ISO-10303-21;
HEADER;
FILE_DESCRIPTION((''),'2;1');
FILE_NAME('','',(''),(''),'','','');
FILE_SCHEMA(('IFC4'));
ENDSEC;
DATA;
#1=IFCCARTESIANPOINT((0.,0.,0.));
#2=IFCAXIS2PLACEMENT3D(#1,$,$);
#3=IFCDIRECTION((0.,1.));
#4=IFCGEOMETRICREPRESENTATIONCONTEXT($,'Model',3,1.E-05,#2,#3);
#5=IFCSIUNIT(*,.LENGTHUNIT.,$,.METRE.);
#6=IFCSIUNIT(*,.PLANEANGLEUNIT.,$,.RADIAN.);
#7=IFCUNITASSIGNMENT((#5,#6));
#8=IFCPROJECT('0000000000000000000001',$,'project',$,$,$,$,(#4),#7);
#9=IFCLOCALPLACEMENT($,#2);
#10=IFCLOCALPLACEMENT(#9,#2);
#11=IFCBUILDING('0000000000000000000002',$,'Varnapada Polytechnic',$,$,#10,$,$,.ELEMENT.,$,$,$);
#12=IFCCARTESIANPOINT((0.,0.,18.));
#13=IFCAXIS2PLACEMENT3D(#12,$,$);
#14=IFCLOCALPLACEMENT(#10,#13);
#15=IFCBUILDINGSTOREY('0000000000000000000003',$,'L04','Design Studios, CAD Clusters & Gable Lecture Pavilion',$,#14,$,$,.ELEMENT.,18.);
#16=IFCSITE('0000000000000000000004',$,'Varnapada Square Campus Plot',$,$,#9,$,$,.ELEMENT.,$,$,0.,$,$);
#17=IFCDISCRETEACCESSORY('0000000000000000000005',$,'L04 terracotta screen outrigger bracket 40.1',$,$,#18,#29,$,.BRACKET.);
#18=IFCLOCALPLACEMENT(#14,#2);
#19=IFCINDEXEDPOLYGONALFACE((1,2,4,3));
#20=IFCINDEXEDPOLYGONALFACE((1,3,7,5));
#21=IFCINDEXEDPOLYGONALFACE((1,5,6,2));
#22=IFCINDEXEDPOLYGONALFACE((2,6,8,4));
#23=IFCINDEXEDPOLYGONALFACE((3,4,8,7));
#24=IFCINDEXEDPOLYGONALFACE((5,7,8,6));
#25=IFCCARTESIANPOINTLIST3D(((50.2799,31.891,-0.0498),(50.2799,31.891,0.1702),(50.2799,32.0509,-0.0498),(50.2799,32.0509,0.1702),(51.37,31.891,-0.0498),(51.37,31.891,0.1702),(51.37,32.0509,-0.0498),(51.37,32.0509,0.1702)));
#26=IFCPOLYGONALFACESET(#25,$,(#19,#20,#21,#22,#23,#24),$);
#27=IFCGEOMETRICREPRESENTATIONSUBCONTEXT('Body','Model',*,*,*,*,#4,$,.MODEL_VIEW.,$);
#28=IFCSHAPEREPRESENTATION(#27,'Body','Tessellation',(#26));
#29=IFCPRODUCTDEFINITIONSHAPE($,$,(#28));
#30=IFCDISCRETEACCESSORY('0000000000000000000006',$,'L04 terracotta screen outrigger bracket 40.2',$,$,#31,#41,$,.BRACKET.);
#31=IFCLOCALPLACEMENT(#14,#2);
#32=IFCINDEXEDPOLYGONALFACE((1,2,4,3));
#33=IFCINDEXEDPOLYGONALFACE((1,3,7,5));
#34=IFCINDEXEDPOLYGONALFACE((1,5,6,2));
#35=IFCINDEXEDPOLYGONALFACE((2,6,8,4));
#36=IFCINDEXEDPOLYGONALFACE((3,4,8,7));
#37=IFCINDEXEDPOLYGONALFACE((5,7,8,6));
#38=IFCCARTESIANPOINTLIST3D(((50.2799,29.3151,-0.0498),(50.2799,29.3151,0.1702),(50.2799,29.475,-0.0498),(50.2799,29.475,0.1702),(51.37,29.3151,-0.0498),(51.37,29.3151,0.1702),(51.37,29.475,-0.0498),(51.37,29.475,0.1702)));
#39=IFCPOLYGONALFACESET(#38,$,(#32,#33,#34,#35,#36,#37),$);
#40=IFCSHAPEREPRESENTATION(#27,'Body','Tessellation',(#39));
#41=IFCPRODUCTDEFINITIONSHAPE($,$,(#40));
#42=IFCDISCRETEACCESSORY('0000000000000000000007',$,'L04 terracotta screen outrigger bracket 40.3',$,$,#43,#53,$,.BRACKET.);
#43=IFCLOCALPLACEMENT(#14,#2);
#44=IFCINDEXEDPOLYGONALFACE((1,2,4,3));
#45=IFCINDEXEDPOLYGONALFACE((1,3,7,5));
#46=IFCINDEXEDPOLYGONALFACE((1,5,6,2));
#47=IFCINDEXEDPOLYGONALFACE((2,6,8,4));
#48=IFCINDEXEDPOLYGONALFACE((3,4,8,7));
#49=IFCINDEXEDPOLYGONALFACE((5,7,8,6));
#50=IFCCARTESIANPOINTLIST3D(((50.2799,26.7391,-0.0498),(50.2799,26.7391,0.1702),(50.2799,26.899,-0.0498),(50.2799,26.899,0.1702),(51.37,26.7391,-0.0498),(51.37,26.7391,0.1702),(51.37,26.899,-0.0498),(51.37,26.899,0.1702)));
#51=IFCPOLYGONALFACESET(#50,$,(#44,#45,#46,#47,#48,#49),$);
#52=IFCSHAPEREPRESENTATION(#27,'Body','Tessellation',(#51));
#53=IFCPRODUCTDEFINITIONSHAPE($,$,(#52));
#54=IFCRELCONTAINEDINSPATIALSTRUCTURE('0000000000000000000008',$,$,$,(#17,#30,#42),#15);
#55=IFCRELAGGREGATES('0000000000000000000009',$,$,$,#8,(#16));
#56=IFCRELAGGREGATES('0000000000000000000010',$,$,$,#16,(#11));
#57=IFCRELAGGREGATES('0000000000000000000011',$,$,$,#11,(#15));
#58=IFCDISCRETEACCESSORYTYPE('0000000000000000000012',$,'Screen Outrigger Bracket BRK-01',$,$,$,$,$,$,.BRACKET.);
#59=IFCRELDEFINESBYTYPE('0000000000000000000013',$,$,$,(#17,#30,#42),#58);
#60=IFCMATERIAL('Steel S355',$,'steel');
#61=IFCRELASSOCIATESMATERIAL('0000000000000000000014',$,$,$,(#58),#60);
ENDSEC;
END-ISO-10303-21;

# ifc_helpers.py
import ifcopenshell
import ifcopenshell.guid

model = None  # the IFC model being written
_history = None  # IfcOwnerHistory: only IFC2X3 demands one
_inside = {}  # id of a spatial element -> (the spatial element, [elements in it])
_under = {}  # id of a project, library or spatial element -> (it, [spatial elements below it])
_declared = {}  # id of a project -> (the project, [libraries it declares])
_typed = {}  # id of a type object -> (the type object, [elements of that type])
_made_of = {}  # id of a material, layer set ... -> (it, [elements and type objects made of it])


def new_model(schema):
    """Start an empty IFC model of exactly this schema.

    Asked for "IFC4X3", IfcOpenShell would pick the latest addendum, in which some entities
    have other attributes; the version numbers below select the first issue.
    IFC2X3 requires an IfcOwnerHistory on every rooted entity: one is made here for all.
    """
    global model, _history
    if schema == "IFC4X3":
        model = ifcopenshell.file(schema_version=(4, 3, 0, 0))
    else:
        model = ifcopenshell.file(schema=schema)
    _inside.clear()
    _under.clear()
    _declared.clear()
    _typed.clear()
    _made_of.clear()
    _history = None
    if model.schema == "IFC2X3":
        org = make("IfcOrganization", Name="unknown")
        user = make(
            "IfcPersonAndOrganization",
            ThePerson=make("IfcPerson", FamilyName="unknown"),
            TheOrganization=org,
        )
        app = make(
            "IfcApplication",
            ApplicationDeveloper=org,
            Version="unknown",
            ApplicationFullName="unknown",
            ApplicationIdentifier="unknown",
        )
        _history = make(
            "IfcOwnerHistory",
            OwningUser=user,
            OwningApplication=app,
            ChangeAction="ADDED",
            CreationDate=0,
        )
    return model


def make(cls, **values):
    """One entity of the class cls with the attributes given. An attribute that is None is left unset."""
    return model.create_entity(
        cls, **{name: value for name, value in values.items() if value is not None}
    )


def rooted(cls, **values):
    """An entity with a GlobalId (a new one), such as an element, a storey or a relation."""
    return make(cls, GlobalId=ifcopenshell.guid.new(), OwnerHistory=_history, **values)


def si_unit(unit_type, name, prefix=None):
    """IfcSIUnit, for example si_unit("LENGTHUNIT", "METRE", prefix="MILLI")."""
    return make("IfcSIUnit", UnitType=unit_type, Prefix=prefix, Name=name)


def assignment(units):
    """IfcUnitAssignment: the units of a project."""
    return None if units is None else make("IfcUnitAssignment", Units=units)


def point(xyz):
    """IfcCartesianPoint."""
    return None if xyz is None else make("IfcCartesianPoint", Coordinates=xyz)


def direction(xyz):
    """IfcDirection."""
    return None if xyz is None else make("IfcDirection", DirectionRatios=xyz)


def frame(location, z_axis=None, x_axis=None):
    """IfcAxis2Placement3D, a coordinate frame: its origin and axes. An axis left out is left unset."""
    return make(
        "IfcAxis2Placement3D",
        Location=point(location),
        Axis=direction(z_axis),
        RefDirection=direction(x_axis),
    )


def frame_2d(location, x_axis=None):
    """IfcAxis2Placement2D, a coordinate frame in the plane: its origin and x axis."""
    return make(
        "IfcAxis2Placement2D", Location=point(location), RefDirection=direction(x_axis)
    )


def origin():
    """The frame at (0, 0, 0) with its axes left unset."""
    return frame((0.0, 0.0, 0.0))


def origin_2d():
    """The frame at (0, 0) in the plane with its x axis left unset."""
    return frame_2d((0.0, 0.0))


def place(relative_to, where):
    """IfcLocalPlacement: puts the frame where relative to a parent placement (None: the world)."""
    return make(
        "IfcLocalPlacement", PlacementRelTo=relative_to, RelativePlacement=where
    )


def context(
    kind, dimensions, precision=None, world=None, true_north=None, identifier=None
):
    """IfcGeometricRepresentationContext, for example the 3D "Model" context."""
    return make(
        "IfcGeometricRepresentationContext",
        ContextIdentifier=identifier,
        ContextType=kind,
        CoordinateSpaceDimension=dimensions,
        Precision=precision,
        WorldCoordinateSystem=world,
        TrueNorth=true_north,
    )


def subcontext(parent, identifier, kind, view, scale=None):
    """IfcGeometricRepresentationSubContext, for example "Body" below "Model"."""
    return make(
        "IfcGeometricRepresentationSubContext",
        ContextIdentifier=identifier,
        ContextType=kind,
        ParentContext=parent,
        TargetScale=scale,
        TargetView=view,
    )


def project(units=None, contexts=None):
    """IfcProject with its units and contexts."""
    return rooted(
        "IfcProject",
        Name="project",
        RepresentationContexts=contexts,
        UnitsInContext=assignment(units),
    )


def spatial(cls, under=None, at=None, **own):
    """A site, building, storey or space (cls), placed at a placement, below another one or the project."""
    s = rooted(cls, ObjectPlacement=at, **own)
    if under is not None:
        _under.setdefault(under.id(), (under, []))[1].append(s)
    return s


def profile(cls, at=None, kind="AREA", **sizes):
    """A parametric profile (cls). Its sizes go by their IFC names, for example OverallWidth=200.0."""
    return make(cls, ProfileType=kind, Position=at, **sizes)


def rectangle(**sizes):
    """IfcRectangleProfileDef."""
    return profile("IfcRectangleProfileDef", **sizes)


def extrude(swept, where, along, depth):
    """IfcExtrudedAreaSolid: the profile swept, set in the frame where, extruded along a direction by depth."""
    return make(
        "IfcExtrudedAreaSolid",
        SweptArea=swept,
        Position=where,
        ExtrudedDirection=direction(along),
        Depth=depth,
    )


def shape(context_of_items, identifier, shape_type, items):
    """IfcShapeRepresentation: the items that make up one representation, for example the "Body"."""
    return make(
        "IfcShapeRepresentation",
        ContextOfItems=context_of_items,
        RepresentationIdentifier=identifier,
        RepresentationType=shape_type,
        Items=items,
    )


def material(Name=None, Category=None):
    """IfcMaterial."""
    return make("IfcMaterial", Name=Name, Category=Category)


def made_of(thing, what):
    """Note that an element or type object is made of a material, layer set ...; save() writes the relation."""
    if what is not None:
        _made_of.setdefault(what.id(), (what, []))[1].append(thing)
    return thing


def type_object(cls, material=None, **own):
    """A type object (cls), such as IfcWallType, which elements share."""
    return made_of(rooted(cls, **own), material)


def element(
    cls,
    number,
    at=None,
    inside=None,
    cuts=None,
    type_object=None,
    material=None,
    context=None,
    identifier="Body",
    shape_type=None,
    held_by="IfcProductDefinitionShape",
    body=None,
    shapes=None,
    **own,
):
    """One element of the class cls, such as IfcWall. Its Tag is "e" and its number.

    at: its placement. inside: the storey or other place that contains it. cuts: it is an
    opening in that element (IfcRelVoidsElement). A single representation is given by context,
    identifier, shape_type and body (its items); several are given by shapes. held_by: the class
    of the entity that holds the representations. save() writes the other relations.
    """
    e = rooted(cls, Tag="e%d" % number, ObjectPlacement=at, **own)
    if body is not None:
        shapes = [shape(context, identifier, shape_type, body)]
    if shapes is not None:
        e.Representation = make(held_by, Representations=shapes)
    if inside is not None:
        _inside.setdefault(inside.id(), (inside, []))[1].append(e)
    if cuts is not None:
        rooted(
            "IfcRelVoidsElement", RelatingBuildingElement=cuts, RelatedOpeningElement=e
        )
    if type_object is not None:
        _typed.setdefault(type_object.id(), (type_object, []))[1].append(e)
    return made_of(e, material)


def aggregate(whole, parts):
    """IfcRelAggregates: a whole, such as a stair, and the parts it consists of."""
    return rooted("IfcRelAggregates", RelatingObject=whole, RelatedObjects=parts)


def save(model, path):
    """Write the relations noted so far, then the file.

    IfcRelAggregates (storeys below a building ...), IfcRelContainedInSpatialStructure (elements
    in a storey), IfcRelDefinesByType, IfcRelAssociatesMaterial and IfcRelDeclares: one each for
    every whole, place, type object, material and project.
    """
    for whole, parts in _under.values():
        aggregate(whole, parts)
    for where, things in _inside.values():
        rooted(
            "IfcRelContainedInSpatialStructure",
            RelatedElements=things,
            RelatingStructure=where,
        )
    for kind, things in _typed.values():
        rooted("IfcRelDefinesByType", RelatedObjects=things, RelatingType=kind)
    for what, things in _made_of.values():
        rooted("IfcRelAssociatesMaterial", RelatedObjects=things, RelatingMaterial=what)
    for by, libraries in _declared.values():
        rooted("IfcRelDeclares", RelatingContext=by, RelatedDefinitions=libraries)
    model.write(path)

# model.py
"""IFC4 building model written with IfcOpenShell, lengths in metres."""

from ifc_helpers import new_model, si_unit, direction, frame, origin, origin_2d, place, context, subcontext, project, spatial, rectangle, extrude, material, type_object, element, save


model = new_model("IFC4")

# Units and contexts
model_context = context("Model", 3, precision=1e-05, world=origin(), true_north=direction((0.0, 1.0)))
body_context = subcontext(model_context, "Body", "Model", "MODEL_VIEW")
ifc_project = project(units=[si_unit("LENGTHUNIT", "METRE"), si_unit("PLANEANGLEUNIT", "RADIAN")], contexts=[model_context])

# Site, building, storey
site_placement = place(None, origin())
site = spatial("IfcSite", under=ifc_project, at=site_placement, Name="Varnapada Square Campus Plot", CompositionType="ELEMENT", RefElevation=0.0)
building_placement = place(site_placement, origin())
building = spatial("IfcBuilding", under=site, at=building_placement, Name="Varnapada Polytechnic", CompositionType="ELEMENT")
storey_placement = place(building_placement, frame((0.0, 0.0, 18.0)))
storey = spatial("IfcBuildingStorey", under=building, at=storey_placement, Name="L04", Description="Design Studios, CAD Clusters & Gable Lecture Pavilion", CompositionType="ELEMENT", Elevation=18.0)

# Discrete accessories
ifc_material_1 = material(Name="Steel S355", Category="steel")
discrete_accessory_type = type_object("IfcDiscreteAccessoryType", Name="Screen Outrigger Bracket BRK-01", PredefinedType="BRACKET", material=ifc_material_1)
for number, where, z_axis, x_axis, name in (
    (1, (50.825, 31.9709, -0.0498), (0.0, 0.0, 1.0), (0.0, -1.0, 0.0), "L04 terracotta screen outrigger bracket 40.1"),
    (2, (50.825, 29.395, -0.0498), (0.0, 0.0, 1.0), (0.0, -1.0, 0.0), "L04 terracotta screen outrigger bracket 40.2"),
    (3, (50.825, 26.8191, -0.0498), (0.0, 0.0, 1.0), (0.0, -1.0, 0.0), "L04 terracotta screen outrigger bracket 40.3"),
):
    element("IfcDiscreteAccessory", number, at=place(storey_placement, frame(where, z_axis=z_axis, x_axis=x_axis)), inside=storey, type_object=discrete_accessory_type, Name=name, PredefinedType="BRACKET", context=body_context, shape_type="SweptSolid", body=[
        extrude(rectangle(XDim=0.1599, YDim=1.0901, at=origin_2d()), origin(), (0.0, 0.0, 1.0), 0.22),
    ])

save(model, "model.ifc")
